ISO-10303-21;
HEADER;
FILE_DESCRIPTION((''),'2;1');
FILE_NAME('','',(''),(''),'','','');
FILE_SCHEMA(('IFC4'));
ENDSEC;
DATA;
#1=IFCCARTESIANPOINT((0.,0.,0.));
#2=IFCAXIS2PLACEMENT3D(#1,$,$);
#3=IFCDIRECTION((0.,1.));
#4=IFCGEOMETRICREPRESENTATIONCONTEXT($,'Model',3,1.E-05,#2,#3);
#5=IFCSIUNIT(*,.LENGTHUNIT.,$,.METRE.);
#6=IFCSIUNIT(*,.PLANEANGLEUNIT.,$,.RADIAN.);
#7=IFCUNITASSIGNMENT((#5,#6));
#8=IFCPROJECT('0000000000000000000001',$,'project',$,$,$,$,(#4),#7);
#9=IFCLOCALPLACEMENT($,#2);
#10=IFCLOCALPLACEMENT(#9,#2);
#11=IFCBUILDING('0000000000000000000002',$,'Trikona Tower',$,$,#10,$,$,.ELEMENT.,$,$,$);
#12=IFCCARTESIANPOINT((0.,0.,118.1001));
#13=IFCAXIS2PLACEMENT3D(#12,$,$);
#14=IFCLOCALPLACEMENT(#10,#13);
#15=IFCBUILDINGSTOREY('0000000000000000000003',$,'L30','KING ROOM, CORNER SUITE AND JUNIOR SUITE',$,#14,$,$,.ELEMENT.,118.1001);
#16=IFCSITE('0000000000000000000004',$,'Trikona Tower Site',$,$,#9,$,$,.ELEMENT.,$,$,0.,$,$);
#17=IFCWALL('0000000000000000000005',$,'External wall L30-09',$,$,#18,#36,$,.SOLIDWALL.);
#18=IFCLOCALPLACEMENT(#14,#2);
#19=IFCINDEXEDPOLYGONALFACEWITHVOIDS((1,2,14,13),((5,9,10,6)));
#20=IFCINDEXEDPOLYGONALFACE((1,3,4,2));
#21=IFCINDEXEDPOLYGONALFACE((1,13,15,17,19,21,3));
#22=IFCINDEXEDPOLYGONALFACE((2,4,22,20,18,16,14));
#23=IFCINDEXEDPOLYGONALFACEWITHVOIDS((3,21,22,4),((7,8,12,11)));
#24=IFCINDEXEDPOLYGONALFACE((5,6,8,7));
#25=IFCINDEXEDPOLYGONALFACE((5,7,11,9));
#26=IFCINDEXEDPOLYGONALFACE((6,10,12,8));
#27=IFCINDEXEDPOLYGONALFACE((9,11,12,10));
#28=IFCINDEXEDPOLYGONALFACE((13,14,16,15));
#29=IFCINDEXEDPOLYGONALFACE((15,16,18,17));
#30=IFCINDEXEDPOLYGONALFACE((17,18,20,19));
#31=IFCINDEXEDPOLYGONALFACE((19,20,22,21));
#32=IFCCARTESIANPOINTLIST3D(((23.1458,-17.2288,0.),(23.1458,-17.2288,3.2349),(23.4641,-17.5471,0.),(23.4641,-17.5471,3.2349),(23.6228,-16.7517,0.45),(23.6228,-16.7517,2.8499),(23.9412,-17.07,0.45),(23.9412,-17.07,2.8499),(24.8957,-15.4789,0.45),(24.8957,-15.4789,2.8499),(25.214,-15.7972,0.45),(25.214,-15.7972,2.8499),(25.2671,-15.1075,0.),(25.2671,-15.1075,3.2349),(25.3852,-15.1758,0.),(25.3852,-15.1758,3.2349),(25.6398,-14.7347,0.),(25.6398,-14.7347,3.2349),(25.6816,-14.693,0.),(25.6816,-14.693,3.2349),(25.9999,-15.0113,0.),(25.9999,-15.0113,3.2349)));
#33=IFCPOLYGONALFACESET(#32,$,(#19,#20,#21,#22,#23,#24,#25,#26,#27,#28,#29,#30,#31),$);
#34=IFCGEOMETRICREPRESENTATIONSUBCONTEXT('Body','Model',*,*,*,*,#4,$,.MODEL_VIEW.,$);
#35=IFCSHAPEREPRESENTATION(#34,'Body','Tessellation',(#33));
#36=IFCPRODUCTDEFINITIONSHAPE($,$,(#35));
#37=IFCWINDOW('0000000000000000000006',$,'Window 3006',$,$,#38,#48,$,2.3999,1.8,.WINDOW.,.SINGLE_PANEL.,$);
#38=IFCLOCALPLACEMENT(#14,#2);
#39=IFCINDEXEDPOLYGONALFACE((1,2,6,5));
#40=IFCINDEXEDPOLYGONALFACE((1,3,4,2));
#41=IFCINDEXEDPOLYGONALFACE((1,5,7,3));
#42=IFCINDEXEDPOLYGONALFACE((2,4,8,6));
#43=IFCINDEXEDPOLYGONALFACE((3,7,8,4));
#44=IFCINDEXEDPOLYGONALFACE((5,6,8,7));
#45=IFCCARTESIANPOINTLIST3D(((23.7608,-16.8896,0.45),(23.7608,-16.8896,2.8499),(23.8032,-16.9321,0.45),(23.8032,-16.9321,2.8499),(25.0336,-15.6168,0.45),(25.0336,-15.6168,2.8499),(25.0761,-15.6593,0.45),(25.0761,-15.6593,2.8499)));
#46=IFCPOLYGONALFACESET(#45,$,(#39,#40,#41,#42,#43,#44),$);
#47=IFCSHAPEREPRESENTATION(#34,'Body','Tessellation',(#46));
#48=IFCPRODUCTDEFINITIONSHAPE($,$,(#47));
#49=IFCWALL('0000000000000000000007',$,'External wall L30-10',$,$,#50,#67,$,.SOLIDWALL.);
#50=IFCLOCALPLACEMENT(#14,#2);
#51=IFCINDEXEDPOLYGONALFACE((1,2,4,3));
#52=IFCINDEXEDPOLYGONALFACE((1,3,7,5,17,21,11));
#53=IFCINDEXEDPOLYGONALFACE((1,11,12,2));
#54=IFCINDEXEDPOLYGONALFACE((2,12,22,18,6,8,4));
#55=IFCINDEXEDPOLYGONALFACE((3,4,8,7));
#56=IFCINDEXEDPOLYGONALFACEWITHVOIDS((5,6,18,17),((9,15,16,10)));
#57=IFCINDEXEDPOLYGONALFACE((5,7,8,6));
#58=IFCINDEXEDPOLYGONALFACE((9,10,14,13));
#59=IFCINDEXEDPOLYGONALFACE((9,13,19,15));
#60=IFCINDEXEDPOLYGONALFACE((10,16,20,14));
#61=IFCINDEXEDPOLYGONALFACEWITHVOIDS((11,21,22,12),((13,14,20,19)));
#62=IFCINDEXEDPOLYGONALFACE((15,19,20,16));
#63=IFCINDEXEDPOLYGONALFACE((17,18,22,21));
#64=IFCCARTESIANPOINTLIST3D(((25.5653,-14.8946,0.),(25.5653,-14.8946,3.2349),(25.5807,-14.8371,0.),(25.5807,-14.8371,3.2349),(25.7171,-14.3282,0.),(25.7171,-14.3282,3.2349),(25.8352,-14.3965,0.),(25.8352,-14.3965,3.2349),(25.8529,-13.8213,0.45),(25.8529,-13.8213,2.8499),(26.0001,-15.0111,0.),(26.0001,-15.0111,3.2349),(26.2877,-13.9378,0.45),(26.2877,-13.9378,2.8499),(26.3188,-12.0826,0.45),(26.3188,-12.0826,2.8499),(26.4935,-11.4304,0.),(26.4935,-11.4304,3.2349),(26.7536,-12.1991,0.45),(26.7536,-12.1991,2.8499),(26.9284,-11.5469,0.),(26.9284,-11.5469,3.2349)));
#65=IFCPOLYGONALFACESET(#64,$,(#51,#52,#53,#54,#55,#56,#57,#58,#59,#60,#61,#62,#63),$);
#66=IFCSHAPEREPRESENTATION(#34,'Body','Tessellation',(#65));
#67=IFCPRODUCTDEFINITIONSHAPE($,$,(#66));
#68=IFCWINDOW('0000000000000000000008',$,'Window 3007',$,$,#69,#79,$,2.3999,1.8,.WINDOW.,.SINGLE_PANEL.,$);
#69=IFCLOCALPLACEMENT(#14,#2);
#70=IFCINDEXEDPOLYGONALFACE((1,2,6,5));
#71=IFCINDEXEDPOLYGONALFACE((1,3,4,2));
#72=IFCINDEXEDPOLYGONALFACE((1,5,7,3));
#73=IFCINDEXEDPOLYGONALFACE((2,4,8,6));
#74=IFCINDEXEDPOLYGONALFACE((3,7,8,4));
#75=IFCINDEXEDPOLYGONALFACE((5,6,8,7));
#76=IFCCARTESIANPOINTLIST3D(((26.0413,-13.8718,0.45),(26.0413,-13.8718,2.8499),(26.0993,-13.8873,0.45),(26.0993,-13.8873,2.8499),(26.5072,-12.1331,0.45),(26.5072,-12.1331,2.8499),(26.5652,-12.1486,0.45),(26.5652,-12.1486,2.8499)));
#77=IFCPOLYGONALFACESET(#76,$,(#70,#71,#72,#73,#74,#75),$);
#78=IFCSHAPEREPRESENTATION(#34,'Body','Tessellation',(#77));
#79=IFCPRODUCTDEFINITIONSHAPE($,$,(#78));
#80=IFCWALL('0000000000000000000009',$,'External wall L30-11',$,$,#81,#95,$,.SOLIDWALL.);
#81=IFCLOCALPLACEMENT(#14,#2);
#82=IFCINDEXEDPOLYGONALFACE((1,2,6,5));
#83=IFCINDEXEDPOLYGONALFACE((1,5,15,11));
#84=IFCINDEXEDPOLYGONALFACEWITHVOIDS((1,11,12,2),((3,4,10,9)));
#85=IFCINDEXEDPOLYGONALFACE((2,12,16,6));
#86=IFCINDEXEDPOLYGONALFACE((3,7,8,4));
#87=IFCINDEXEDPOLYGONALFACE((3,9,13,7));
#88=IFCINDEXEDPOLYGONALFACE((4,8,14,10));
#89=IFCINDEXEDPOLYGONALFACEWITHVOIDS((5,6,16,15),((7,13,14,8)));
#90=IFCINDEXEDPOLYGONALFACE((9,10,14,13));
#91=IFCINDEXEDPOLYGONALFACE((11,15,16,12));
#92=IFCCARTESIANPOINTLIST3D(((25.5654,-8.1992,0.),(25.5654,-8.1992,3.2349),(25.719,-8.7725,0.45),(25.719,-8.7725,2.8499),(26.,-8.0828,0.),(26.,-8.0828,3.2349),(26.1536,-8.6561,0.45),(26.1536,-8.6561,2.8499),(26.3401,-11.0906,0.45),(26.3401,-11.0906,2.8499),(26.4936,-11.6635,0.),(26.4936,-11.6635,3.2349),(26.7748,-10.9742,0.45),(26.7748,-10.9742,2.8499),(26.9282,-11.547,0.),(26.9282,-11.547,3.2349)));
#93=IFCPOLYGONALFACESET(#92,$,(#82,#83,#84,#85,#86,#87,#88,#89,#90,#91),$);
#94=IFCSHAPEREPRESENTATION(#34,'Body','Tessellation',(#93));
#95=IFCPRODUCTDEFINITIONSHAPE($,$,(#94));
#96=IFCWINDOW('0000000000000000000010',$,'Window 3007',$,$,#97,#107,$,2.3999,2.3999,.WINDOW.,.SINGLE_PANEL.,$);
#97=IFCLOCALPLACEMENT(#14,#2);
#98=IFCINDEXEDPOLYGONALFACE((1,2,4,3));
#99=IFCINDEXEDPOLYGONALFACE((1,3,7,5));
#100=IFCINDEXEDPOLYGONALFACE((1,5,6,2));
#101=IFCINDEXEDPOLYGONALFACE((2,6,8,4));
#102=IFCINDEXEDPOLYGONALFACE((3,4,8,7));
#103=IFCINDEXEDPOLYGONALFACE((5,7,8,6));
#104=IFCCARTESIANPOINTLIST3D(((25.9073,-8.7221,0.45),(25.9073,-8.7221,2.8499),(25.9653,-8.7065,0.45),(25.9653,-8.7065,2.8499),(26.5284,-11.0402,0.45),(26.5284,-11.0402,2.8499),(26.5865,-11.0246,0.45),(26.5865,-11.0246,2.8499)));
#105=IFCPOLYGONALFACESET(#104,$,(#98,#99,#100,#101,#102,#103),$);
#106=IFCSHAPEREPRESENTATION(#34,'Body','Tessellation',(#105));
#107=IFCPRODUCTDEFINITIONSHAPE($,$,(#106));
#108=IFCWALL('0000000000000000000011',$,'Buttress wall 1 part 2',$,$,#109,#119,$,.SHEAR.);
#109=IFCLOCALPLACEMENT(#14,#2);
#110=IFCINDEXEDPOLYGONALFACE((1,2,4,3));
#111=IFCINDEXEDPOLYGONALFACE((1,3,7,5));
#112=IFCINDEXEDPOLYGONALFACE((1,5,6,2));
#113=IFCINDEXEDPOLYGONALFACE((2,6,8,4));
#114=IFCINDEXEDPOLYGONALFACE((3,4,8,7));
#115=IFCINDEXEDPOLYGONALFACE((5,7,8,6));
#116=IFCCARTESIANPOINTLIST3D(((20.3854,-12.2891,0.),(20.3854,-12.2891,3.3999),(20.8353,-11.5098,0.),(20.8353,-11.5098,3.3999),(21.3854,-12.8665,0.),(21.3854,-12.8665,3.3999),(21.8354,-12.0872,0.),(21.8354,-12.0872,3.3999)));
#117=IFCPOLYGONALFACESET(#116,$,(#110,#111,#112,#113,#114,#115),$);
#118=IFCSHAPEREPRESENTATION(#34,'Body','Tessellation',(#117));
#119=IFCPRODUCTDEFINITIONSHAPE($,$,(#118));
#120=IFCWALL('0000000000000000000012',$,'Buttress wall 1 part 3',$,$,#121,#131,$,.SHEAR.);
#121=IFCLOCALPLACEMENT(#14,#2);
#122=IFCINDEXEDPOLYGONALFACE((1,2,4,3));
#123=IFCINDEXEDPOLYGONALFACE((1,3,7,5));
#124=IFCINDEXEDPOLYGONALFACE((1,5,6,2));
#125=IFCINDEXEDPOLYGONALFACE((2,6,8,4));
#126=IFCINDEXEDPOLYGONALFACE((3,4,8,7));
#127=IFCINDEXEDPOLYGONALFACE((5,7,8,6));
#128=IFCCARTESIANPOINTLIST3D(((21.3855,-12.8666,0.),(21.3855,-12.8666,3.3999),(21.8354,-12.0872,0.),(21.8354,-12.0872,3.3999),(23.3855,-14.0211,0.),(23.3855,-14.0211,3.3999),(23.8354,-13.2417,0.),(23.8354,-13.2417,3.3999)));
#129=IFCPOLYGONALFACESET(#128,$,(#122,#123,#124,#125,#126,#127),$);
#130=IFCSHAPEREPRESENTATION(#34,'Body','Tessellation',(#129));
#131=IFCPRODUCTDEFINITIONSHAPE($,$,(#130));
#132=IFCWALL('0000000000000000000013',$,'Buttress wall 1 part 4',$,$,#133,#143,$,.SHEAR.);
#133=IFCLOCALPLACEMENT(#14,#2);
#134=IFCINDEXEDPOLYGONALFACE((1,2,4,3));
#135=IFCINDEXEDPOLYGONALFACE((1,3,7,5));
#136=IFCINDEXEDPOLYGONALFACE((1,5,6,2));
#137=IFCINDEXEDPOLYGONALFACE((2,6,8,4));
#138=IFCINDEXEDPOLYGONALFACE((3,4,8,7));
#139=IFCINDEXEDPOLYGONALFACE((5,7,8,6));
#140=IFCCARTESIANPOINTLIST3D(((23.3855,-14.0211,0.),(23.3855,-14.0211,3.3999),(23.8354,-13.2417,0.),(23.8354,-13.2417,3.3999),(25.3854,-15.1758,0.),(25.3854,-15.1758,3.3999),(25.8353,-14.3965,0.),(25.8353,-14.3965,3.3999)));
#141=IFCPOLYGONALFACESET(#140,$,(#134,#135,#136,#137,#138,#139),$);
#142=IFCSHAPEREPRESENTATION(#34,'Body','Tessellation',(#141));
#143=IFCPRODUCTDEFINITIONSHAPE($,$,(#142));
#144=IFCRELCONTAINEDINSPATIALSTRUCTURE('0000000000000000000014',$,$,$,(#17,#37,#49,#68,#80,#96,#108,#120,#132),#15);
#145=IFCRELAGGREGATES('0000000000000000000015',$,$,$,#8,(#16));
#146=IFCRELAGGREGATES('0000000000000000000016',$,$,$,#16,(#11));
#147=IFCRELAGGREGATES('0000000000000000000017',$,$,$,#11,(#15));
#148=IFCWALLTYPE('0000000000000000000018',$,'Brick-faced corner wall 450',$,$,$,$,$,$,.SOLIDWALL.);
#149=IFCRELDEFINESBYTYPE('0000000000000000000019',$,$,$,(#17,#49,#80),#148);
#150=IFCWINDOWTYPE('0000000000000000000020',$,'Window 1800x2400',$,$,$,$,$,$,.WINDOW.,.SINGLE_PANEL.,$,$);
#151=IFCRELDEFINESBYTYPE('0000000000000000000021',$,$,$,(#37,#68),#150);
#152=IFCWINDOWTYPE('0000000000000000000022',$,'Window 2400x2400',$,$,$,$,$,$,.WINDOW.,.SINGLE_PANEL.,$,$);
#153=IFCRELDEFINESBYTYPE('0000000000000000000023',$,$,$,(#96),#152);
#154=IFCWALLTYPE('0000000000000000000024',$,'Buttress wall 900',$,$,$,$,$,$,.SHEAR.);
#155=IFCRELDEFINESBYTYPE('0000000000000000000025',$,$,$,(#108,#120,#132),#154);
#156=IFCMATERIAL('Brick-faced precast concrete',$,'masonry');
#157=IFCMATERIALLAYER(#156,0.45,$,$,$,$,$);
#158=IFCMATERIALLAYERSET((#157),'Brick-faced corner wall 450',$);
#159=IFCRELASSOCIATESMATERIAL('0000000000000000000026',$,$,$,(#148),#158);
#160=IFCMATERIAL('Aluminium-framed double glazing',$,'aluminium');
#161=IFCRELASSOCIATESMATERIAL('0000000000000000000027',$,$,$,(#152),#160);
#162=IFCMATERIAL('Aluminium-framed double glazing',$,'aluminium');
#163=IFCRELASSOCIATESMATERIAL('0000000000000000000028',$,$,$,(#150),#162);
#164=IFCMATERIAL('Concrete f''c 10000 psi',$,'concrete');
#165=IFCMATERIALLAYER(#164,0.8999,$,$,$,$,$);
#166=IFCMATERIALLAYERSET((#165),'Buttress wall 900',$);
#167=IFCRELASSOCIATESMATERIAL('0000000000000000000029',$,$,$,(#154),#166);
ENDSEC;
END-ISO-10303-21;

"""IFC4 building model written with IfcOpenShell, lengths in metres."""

from ifc_helpers import new_model, si_unit, direction, frame, frame_2d, origin, place, context, subcontext, project, spatial, polyline, rectangle, outline, extrude, material, layer, layer_set, type_object, element, fill, save


model = new_model("IFC4")

# Units and contexts
model_context = context("Model", 3, precision=1e-05, world=origin(), true_north=direction((0.0, 1.0)))
body_context = subcontext(model_context, "Body", "Model", "MODEL_VIEW")
ifc_project = project(units=[si_unit("LENGTHUNIT", "METRE"), si_unit("PLANEANGLEUNIT", "RADIAN")], contexts=[model_context])

# Site, building, storey
site_placement = place(None, origin())
site = spatial("IfcSite", under=ifc_project, at=site_placement, Name="Trikona Tower Site", CompositionType="ELEMENT", RefElevation=0.0)
building_placement = place(site_placement, origin())
building = spatial("IfcBuilding", under=site, at=building_placement, Name="Trikona Tower", CompositionType="ELEMENT")
storey_placement = place(building_placement, frame((0.0, 0.0, 118.1001)))
storey = spatial("IfcBuildingStorey", under=building, at=storey_placement, Name="L30", Description="KING ROOM, CORNER SUITE AND JUNIOR SUITE", CompositionType="ELEMENT", Elevation=118.1001)

# Walls, openings, windows
ifc_material_1 = material(Name="Brick-faced precast concrete", Category="masonry")
ifc_layer_1 = layer(ifc_material_1, 0.45)
ifc_layer_set_1 = layer_set([ifc_layer_1], Name="Brick-faced corner wall 450")
wall_type_1 = type_object("IfcWallType", Name="Brick-faced corner wall 450", PredefinedType="SOLIDWALL", material=ifc_layer_set_1)
ifc_material_2 = material(Name="Aluminium-framed double glazing", Category="aluminium")
window_type_1 = type_object("IfcWindowType", Name="Window 2400x2400", PartitioningType="SINGLE_PANEL", PredefinedType="WINDOW", material=ifc_material_2)
wall_1_placement = place(storey_placement, frame((23.3049, -17.3879, 0.0), z_axis=(0.0, 0.0, 1.0), x_axis=(0.707107, 0.707107, 0.0)))
wall_1 = element("IfcWall", 1, at=wall_1_placement, inside=storey, type_object=wall_type_1, Name="External wall L30-09", PredefinedType="SOLIDWALL", context=body_context, shape_type="SweptSolid", body=[
    extrude(outline(polyline([(3.5862, 0.2251), (3.5271, 0.2251), (3.0352, 0.0933), (3.0, 0.2251), (0.0, 0.2251), (0.0, -0.2251), (3.5862, -0.2251), (3.5862, 0.2251)])), origin(), (0.0, 0.0, 1.0), 3.2349),
])
opening_1_placement = place(wall_1_placement, frame((0.6748, 0.0, 0.45)))
opening_1 = element("IfcOpeningElement", 2, at=opening_1_placement, cuts=wall_1, PredefinedType="OPENING", context=body_context, shape_type="SweptSolid", body=[
    extrude(rectangle(XDim=1.8, YDim=2.3999, at=frame_2d((0.8999, 1.2))), frame((0.0, 0.2349, 0.0), z_axis=(0.0, -1.0, 0.0), x_axis=(1.0, 0.0, 0.0)), (0.0, 0.0, 1.0), 0.47),
])
ifc_material_3 = material(Name="Aluminium-framed double glazing", Category="aluminium")
window_type_2 = type_object("IfcWindowType", Name="Window 1800x2400", PartitioningType="SINGLE_PANEL", PredefinedType="WINDOW", material=ifc_material_3)
window_1_placement = place(opening_1_placement, origin())
window_1 = element("IfcWindow", 3, at=window_1_placement, inside=storey, type_object=window_type_2, Name="Window 3006", OverallHeight=2.3999, OverallWidth=1.8, PartitioningType="SINGLE_PANEL", PredefinedType="WINDOW", context=body_context, shape_type="SweptSolid", body=[
    extrude(rectangle(XDim=1.8, YDim=2.3999, at=frame_2d((0.8999, 1.2))), frame((0.0, 0.03, 0.0), z_axis=(0.0, -1.0, 0.0), x_axis=(1.0, 0.0, 0.0)), (0.0, 0.0, 1.0), 0.0601),
])
fill(opening_1, window_1)
wall_2_placement = place(storey_placement, frame((25.7827, -14.9529, 0.0), z_axis=(0.0, 0.0, 1.0), x_axis=(0.258823, 0.965925, 0.0)))
wall_2 = element("IfcWall", 4, at=wall_2_placement, inside=storey, type_object=wall_type_1, Name="External wall L30-10", PredefinedType="SOLIDWALL", context=body_context, shape_type="SweptSolid", body=[
    extrude(outline(polyline([(3.5864, 0.2251), (0.5864, 0.2251), (0.551, 0.0933), (0.0596, 0.2251), (0.0, 0.2251), (0.0, -0.2251), (3.5864, -0.2251), (3.5864, 0.2251)])), origin(), (0.0, 0.0, 1.0), 3.2349),
])
opening_2_placement = place(wall_2_placement, frame((1.1113, 0.0, 0.45)))
opening_2 = element("IfcOpeningElement", 5, at=opening_2_placement, cuts=wall_2, PredefinedType="OPENING", context=body_context, shape_type="SweptSolid", body=[
    extrude(rectangle(XDim=1.8, YDim=2.3999, at=frame_2d((0.8999, 1.2))), frame((0.0, 0.2349, 0.0), z_axis=(0.0, -1.0, 0.0), x_axis=(1.0, 0.0, 0.0)), (0.0, 0.0, 1.0), 0.47),
])
window_2_placement = place(opening_2_placement, origin())
window_2 = element("IfcWindow", 6, at=window_2_placement, inside=storey, type_object=window_type_2, Name="Window 3007", OverallHeight=2.3999, OverallWidth=1.8, PartitioningType="SINGLE_PANEL", PredefinedType="WINDOW", context=body_context, shape_type="SweptSolid", body=[
    extrude(rectangle(XDim=1.8, YDim=2.3999, at=frame_2d((0.8999, 1.2))), frame((0.0, 0.03, 0.0), z_axis=(0.0, -1.0, 0.0), x_axis=(1.0, 0.0, 0.0)), (0.0, 0.0, 1.0), 0.0601),
])
fill(opening_2, window_2)
wall_3_placement = place(storey_placement, frame((26.7109, -11.6052, 0.0), z_axis=(0.0, 0.0, 1.0), x_axis=(-0.258823, 0.965925, 0.0)))
wall_3 = element("IfcWall", 7, at=wall_3_placement, inside=storey, type_object=wall_type_1, Name="External wall L30-11", PredefinedType="SOLIDWALL", context=body_context, shape_type="SweptSolid", body=[
    extrude(rectangle(XDim=3.5864, YDim=0.45, at=frame_2d((1.7932, 0.0))), origin(), (0.0, 0.0, 1.0), 3.2349),
])
opening_3_placement = place(wall_3_placement, frame((0.593, 0.0, 0.45)))
opening_3 = element("IfcOpeningElement", 8, at=opening_3_placement, cuts=wall_3, PredefinedType="OPENING", context=body_context, shape_type="SweptSolid", body=[
    extrude(rectangle(XDim=2.3999, YDim=2.3999, at=frame_2d((1.2, 1.2))), frame((0.0, 0.2349, 0.0), z_axis=(0.0, -1.0, 0.0), x_axis=(1.0, 0.0, 0.0)), (0.0, 0.0, 1.0), 0.47),
])
window_3_placement = place(opening_3_placement, origin())
window_3 = element("IfcWindow", 9, at=window_3_placement, inside=storey, type_object=window_type_1, Name="Window 3007", OverallHeight=2.3999, OverallWidth=2.3999, PartitioningType="SINGLE_PANEL", PredefinedType="WINDOW", context=body_context, shape_type="SweptSolid", body=[
    extrude(rectangle(XDim=2.3999, YDim=2.3999, at=frame_2d((1.2, 1.2))), frame((0.0, 0.03, 0.0), z_axis=(0.0, -1.0, 0.0), x_axis=(1.0, 0.0, 0.0)), (0.0, 0.0, 1.0), 0.0601),
])
fill(opening_3, window_3)

# Walls
ifc_material_4 = material(Name="Concrete f'c 10000 psi", Category="concrete")
ifc_layer_2 = layer(ifc_material_4, 0.8999)
ifc_layer_set_2 = layer_set([ifc_layer_2], Name="Buttress wall 900")
wall_type_2 = type_object("IfcWallType", Name="Buttress wall 900", PredefinedType="SHEAR", material=ifc_layer_set_2)
wall_4_placement = place(storey_placement, frame((20.6104, -11.8994, 0.0), z_axis=(0.0, 0.0, 1.0), x_axis=(0.86601, -0.500027, 0.0)))
element("IfcWall", 10, at=wall_4_placement, inside=storey, type_object=wall_type_2, Name="Buttress wall 1 part 2", PredefinedType="SHEAR", context=body_context, shape_type="SweptSolid", body=[
    extrude(rectangle(XDim=1.1548, YDim=0.8999, at=frame_2d((0.5774, 0.0))), origin(), (0.0, 0.0, 1.0), 3.3999),
])
for number, where, z_axis, x_axis, name in (
    (11, (21.6104, -12.4768, 0.0), (0.0, 0.0, 1.0), (0.866055, -0.499948, 0.0), "Buttress wall 1 part 3"),
    (12, (23.6104, -13.6313, 0.0), (0.0, 0.0, 1.0), (0.86601, -0.500027, 0.0), "Buttress wall 1 part 4"),
):
    element("IfcWall", number, at=place(storey_placement, frame(where, z_axis=z_axis, x_axis=x_axis)), inside=storey, type_object=wall_type_2, Name=name, PredefinedType="SHEAR", context=body_context, shape_type="SweptSolid", body=[
        extrude(rectangle(XDim=2.3093, YDim=0.8999, at=frame_2d((1.1548, 0.0))), origin(), (0.0, 0.0, 1.0), 3.3999),
    ])

save(model, "model.ifc")
